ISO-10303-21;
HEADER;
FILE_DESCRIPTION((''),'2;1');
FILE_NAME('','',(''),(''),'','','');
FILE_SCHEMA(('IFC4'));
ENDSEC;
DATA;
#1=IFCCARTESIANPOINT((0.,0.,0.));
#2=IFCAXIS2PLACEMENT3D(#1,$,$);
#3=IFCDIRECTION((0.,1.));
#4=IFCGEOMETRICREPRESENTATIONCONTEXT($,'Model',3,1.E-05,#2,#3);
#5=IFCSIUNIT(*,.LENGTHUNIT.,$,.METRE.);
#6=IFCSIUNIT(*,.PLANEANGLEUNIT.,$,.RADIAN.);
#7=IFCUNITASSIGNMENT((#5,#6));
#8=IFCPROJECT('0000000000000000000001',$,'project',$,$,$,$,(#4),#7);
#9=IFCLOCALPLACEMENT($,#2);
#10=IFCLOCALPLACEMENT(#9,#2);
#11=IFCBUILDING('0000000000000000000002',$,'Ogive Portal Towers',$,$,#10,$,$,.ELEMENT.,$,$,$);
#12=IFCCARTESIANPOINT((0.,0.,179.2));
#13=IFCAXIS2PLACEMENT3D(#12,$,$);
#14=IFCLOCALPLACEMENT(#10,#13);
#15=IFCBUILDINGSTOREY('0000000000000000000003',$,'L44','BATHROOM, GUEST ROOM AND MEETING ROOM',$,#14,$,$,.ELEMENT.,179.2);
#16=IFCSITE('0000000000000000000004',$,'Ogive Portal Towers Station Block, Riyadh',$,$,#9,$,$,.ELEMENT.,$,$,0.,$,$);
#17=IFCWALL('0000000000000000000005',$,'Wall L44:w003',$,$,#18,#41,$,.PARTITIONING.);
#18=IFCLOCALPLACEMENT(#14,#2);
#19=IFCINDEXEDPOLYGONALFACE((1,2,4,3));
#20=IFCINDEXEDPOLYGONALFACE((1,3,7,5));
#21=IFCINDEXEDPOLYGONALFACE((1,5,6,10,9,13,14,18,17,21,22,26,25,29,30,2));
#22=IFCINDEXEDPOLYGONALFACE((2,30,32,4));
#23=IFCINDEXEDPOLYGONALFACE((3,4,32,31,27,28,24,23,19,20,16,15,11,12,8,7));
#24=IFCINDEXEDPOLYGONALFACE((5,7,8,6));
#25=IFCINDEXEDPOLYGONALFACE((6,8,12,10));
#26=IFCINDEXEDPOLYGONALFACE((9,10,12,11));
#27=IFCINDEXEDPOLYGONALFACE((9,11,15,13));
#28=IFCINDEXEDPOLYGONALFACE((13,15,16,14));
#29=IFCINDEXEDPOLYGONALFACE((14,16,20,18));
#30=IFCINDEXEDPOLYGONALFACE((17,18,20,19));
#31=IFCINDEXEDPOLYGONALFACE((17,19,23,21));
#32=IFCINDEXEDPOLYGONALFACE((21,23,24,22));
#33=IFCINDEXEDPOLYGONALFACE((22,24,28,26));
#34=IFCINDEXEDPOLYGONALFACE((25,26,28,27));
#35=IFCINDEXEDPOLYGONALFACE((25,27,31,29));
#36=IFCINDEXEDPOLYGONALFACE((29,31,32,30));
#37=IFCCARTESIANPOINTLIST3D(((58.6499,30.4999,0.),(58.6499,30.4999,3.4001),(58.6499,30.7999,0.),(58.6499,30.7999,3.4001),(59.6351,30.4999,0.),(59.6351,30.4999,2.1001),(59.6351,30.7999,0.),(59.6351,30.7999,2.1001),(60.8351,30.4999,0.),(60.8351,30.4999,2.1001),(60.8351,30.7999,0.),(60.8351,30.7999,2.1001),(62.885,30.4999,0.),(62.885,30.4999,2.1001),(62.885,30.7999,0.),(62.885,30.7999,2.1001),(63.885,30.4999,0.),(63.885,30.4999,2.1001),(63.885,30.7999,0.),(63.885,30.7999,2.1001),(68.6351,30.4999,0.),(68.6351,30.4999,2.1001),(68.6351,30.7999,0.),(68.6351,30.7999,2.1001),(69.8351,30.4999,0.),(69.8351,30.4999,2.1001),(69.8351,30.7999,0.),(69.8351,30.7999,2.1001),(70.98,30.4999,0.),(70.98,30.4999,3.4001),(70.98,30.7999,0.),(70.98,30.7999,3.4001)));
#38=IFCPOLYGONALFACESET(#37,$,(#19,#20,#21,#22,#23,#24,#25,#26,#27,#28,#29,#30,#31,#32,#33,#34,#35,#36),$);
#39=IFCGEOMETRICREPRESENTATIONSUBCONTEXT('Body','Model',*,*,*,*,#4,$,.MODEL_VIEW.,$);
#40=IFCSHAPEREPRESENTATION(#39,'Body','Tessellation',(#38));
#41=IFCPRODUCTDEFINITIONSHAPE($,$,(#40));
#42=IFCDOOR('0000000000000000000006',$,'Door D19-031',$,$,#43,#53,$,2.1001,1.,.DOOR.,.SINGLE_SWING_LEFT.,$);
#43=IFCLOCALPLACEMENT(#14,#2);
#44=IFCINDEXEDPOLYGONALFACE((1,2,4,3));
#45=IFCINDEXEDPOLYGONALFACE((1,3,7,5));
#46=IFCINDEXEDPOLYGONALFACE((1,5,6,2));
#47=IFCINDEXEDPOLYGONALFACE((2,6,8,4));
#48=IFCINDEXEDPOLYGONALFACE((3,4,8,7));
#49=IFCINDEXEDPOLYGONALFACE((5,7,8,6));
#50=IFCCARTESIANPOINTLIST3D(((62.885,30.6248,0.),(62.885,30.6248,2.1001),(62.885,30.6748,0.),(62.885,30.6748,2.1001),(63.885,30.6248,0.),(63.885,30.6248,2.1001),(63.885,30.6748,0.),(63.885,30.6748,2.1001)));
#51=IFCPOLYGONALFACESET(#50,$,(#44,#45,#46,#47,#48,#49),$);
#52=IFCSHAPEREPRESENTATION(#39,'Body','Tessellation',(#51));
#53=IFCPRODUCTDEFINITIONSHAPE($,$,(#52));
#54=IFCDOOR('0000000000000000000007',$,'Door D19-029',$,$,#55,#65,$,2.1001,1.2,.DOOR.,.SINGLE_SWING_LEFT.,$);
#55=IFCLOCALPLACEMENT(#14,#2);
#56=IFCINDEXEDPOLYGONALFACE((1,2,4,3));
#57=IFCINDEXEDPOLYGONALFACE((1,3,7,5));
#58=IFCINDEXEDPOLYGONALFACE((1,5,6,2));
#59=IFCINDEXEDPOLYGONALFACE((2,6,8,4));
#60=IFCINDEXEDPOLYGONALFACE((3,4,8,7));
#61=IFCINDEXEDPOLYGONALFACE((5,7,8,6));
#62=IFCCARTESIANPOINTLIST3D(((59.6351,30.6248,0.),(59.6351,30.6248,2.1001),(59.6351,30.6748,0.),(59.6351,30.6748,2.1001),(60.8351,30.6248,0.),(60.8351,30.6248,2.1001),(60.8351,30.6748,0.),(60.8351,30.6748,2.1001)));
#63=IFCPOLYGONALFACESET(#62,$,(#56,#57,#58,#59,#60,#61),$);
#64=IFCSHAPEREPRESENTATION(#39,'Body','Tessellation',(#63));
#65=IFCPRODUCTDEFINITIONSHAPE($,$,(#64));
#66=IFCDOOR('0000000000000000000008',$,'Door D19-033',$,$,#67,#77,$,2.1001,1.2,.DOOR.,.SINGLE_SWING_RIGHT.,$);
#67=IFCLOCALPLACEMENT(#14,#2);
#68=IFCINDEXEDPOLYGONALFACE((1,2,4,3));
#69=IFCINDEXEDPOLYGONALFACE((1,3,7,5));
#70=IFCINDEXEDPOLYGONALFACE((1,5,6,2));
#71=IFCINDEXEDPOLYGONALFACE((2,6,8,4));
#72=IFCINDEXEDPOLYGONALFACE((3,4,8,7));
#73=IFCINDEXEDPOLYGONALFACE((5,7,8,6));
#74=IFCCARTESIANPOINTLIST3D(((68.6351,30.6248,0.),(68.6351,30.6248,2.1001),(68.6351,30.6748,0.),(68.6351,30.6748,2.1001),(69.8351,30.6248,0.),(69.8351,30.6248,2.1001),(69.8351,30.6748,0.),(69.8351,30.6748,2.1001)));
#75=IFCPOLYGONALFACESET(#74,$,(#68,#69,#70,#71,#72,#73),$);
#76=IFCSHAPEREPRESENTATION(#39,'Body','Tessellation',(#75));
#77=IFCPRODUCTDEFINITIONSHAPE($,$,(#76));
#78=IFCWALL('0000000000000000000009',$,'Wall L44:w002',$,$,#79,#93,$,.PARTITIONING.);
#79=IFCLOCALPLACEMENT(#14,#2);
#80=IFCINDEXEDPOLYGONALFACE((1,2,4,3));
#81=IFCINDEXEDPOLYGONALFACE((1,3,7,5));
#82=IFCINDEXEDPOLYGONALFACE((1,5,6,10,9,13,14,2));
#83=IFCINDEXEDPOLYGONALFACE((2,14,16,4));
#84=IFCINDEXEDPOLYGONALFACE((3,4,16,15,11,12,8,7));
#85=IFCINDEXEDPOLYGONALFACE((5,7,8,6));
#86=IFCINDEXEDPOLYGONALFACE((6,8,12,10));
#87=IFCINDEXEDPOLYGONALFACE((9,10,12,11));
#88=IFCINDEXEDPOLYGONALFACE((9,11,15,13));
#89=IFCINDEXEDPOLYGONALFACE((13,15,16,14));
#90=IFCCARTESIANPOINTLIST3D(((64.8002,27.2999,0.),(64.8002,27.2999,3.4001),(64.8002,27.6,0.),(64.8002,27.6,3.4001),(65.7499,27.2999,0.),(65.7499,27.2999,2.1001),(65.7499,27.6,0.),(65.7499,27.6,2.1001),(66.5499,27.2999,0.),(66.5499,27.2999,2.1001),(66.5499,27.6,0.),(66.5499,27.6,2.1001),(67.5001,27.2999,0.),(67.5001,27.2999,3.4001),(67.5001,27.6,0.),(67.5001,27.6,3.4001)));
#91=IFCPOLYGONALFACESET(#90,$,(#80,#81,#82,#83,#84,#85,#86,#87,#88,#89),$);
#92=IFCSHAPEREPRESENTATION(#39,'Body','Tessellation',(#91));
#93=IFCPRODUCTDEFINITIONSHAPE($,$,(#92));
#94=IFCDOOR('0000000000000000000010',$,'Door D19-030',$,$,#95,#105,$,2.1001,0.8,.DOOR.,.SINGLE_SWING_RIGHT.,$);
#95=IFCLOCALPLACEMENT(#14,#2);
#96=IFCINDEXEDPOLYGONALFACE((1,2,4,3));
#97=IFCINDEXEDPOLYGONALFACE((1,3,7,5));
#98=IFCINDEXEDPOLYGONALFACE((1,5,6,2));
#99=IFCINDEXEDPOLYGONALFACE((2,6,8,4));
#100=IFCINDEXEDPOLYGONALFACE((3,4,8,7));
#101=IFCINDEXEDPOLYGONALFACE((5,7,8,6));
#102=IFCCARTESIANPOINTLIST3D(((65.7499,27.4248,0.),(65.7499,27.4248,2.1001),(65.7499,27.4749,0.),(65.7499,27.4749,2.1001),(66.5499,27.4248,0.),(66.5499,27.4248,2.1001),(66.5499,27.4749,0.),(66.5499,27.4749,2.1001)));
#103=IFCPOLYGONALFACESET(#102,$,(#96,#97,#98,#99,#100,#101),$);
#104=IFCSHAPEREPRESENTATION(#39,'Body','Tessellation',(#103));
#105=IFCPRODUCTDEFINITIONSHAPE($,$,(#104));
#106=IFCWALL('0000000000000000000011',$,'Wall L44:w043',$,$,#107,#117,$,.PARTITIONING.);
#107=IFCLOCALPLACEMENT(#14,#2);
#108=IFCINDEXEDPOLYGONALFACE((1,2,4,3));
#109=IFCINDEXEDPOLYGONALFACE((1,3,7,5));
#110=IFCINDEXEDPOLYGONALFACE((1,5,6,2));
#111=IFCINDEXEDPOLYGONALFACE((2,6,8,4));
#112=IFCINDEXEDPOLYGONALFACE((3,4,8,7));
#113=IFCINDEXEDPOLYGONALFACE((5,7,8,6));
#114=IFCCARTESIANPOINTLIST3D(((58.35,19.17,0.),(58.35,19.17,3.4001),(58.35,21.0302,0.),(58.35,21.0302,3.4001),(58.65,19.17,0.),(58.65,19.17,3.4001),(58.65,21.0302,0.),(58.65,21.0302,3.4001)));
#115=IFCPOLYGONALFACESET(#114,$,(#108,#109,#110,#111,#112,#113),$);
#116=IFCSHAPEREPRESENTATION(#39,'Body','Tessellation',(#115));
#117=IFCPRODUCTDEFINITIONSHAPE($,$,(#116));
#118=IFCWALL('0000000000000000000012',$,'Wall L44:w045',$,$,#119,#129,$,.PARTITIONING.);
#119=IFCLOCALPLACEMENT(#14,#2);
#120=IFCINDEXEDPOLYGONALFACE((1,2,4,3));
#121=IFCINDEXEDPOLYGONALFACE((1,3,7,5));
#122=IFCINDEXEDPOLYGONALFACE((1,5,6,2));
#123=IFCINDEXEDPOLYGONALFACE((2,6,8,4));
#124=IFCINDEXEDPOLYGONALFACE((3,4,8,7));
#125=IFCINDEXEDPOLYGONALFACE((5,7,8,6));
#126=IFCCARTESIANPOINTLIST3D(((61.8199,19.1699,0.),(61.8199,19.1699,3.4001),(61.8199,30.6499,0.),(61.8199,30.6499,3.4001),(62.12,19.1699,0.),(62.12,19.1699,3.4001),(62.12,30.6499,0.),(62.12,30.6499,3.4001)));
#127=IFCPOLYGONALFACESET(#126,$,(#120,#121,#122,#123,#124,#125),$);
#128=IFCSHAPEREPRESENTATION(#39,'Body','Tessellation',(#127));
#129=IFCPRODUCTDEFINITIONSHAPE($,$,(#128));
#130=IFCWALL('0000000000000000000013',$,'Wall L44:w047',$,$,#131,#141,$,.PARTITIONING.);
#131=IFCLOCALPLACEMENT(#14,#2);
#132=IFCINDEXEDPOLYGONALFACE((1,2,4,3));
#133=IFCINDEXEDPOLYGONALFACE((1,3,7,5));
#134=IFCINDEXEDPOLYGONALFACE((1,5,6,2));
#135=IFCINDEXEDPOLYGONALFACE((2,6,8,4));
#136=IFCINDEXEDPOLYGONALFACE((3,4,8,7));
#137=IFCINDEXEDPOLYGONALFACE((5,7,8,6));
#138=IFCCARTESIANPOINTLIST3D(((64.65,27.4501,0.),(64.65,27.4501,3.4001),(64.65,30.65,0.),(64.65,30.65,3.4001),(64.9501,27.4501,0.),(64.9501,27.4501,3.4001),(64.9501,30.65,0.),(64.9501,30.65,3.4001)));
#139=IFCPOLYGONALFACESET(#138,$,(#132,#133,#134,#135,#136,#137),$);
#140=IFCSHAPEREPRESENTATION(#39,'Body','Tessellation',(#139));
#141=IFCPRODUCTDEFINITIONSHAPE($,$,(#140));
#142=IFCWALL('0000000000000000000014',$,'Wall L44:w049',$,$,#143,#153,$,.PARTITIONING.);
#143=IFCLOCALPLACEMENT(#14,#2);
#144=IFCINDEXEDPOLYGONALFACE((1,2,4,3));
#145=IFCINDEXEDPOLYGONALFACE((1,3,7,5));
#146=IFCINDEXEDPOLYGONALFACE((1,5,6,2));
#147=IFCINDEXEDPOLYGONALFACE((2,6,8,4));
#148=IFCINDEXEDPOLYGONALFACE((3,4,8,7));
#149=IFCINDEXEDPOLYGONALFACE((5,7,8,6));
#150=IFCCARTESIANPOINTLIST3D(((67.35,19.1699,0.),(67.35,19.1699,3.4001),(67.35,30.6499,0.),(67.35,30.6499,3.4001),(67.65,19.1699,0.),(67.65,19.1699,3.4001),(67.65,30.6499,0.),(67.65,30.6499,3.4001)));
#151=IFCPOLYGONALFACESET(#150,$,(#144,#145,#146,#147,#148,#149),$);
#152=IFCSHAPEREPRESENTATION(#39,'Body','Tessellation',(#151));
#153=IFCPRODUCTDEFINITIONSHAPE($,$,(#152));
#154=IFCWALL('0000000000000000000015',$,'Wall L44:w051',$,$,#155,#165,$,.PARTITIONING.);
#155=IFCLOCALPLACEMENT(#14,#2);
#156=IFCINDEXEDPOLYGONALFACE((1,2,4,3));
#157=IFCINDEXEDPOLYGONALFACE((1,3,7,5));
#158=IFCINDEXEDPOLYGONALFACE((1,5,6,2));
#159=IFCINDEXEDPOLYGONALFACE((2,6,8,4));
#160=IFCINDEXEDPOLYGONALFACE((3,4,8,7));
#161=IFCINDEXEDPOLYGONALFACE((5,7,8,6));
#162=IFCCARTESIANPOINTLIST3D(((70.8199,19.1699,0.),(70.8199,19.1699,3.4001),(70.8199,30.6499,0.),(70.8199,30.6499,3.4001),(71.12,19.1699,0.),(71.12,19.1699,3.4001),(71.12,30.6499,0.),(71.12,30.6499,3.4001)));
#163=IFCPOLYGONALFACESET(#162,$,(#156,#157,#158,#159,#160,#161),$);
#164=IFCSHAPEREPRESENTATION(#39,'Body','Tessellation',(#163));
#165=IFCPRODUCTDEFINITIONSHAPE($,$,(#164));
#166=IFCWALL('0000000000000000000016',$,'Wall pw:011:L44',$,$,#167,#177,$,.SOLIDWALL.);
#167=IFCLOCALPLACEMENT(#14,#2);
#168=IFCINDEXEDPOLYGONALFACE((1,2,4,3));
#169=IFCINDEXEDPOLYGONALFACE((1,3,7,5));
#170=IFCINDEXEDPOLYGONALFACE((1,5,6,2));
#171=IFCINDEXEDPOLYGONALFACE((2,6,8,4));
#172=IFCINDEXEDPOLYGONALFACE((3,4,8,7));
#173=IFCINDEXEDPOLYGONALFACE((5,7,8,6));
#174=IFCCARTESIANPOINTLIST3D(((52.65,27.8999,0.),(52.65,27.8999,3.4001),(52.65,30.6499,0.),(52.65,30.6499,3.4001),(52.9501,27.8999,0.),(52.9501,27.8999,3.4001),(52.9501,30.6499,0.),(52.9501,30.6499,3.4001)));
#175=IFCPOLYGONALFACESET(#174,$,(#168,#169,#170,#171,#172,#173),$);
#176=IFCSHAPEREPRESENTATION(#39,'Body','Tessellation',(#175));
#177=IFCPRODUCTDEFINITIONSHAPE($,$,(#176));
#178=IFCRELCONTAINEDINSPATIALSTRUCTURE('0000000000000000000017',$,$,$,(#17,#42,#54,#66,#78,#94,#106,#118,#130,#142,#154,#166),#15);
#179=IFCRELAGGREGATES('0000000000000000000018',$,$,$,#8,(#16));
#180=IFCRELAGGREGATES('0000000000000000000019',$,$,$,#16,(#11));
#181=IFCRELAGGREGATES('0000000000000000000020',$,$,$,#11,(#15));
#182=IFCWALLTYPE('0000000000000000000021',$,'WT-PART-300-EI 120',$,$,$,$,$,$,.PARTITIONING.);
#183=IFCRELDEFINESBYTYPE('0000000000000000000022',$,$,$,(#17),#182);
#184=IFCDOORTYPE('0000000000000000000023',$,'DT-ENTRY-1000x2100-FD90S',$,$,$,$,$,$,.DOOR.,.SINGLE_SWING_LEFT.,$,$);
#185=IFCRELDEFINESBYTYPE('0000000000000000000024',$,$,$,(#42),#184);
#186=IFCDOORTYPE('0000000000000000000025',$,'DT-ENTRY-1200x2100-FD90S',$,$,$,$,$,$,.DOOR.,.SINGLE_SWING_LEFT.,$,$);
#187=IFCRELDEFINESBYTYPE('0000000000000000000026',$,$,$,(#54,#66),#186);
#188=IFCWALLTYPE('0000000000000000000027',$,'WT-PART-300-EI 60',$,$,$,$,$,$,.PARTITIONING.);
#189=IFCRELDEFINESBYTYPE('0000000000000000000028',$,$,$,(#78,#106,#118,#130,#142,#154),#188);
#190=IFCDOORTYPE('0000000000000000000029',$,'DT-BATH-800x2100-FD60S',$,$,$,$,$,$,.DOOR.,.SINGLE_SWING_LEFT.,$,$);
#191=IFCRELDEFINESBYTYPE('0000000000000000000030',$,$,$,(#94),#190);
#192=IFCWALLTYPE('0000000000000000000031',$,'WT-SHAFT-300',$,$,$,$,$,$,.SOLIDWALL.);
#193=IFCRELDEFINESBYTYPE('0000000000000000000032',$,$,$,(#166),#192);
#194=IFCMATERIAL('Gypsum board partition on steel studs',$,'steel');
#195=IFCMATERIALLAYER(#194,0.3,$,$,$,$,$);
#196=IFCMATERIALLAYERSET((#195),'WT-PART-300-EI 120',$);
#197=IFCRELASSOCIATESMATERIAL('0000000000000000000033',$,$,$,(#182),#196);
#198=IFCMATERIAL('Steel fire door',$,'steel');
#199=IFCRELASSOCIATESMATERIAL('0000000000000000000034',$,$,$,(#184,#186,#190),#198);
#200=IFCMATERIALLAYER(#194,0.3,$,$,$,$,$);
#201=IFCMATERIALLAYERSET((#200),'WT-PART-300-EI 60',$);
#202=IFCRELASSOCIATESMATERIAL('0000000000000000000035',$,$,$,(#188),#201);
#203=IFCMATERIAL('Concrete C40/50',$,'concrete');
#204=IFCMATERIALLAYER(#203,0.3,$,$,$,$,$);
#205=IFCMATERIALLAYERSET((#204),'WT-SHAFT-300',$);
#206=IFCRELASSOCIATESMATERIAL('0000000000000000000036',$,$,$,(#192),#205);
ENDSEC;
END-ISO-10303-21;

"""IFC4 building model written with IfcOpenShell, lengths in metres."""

from ifc_helpers import new_model, si_unit, direction, frame, frame_2d, origin, place, context, subcontext, project, spatial, rectangle, extrude, material, layer, layer_set, type_object, element, fill, save


model = new_model("IFC4")

# Units and contexts
model_context = context("Model", 3, precision=1e-05, world=origin(), true_north=direction((0.0, 1.0)))
body_context = subcontext(model_context, "Body", "Model", "MODEL_VIEW")
ifc_project = project(units=[si_unit("LENGTHUNIT", "METRE"), si_unit("PLANEANGLEUNIT", "RADIAN")], contexts=[model_context])

# Site, building, storey
site_placement = place(None, origin())
site = spatial("IfcSite", under=ifc_project, at=site_placement, Name="Ogive Portal Towers Station Block, Riyadh", CompositionType="ELEMENT", RefElevation=0.0)
building_placement = place(site_placement, origin())
building = spatial("IfcBuilding", under=site, at=building_placement, Name="Ogive Portal Towers", CompositionType="ELEMENT")
storey_placement = place(building_placement, frame((0.0, 0.0, 179.2)))
storey = spatial("IfcBuildingStorey", under=building, at=storey_placement, Name="L44", Description="BATHROOM, GUEST ROOM AND MEETING ROOM", CompositionType="ELEMENT", Elevation=179.2)

# Shared definitions
ifc_material_1 = material(Name="Steel fire door", Category="steel")
ifc_material_2 = material(Name="Gypsum board partition on steel studs", Category="steel")

# Wall, openings, doors
ifc_layer_1 = layer(ifc_material_2, 0.3)
ifc_layer_set_1 = layer_set([ifc_layer_1], Name="WT-PART-300-EI 120")
wall_type_1 = type_object("IfcWallType", Name="WT-PART-300-EI 120", PredefinedType="PARTITIONING", material=ifc_layer_set_1)
wall_1_placement = place(storey_placement, frame((58.6499, 30.6499, 0.0), z_axis=(0.0, 0.0, 1.0), x_axis=(1.0, 0.0, 0.0)))
wall_1 = element("IfcWall", 1, at=wall_1_placement, inside=storey, type_object=wall_type_1, Name="Wall L44:w003", PredefinedType="PARTITIONING", context=body_context, shape_type="SweptSolid", body=[
    extrude(rectangle(XDim=12.3301, YDim=0.3, at=frame_2d((6.165, 0.0))), origin(), (0.0, 0.0, 1.0), 3.4001),
])
opening_1_placement = place(wall_1_placement, frame((0.9851, 0.0, 0.0)))
opening_1 = element("IfcOpeningElement", 2, at=opening_1_placement, cuts=wall_1, PredefinedType="OPENING", context=body_context, shape_type="SweptSolid", body=[
    extrude(rectangle(XDim=1.2, YDim=2.1001, at=frame_2d((0.6001, 1.05))), frame((0.0, 0.1602, 0.0), z_axis=(0.0, -1.0, 0.0), x_axis=(1.0, 0.0, 0.0)), (0.0, 0.0, 1.0), 0.3201),
])
opening_2_placement = place(wall_1_placement, frame((4.2351, 0.0, 0.0)))
opening_2 = element("IfcOpeningElement", 3, at=opening_2_placement, cuts=wall_1, PredefinedType="OPENING", context=body_context, shape_type="SweptSolid", body=[
    extrude(rectangle(XDim=1.0, YDim=2.1001, at=frame_2d((0.5, 1.05))), frame((0.0, 0.1602, 0.0), z_axis=(0.0, -1.0, 0.0), x_axis=(1.0, 0.0, 0.0)), (0.0, 0.0, 1.0), 0.3201),
])
opening_3_placement = place(wall_1_placement, frame((9.9851, 0.0, 0.0)))
opening_3 = element("IfcOpeningElement", 4, at=opening_3_placement, cuts=wall_1, PredefinedType="OPENING", context=body_context, shape_type="SweptSolid", body=[
    extrude(rectangle(XDim=1.2, YDim=2.1001, at=frame_2d((0.6001, 1.05))), frame((0.0, 0.1602, 0.0), z_axis=(0.0, -1.0, 0.0), x_axis=(1.0, 0.0, 0.0)), (0.0, 0.0, 1.0), 0.3201),
])
door_type_1 = type_object("IfcDoorType", Name="DT-ENTRY-1000x2100-FD90S", OperationType="SINGLE_SWING_LEFT", PredefinedType="DOOR", material=ifc_material_1)
door_1_placement = place(opening_2_placement, origin())
door_1 = element("IfcDoor", 5, at=door_1_placement, inside=storey, type_object=door_type_1, Name="Door D19-031", OperationType="SINGLE_SWING_LEFT", OverallHeight=2.1001, OverallWidth=1.0, PredefinedType="DOOR", context=body_context, shape_type="SweptSolid", body=[
    extrude(rectangle(XDim=1.0, YDim=2.1001, at=frame_2d((0.5, 1.05))), frame((0.0, 0.0249, 0.0), z_axis=(0.0, -1.0, 0.0), x_axis=(1.0, 0.0, 0.0)), (0.0, 0.0, 1.0), 0.05),
])
fill(opening_2, door_1)
door_type_2 = type_object("IfcDoorType", Name="DT-ENTRY-1200x2100-FD90S", OperationType="SINGLE_SWING_LEFT", PredefinedType="DOOR", material=ifc_material_1)
door_2_placement = place(opening_1_placement, origin())
door_2 = element("IfcDoor", 6, at=door_2_placement, inside=storey, type_object=door_type_2, Name="Door D19-029", OperationType="SINGLE_SWING_LEFT", OverallHeight=2.1001, OverallWidth=1.2, PredefinedType="DOOR", context=body_context, shape_type="SweptSolid", body=[
    extrude(rectangle(XDim=1.2, YDim=2.1001, at=frame_2d((0.6001, 1.05))), frame((0.0, 0.0249, 0.0), z_axis=(0.0, -1.0, 0.0), x_axis=(1.0, 0.0, 0.0)), (0.0, 0.0, 1.0), 0.05),
])
fill(opening_1, door_2)
door_3_placement = place(opening_3_placement, origin())
door_3 = element("IfcDoor", 7, at=door_3_placement, inside=storey, type_object=door_type_2, Name="Door D19-033", OperationType="SINGLE_SWING_RIGHT", OverallHeight=2.1001, OverallWidth=1.2, PredefinedType="DOOR", context=body_context, shape_type="SweptSolid", body=[
    extrude(rectangle(XDim=1.2, YDim=2.1001, at=frame_2d((0.6001, 1.05))), frame((0.0, 0.0249, 0.0), z_axis=(0.0, -1.0, 0.0), x_axis=(1.0, 0.0, 0.0)), (0.0, 0.0, 1.0), 0.05),
])
fill(opening_3, door_3)

# Wall, opening, door
ifc_layer_2 = layer(ifc_material_2, 0.3)
ifc_layer_set_2 = layer_set([ifc_layer_2], Name="WT-PART-300-EI 60")
wall_type_2 = type_object("IfcWallType", Name="WT-PART-300-EI 60", PredefinedType="PARTITIONING", material=ifc_layer_set_2)
wall_2_placement = place(storey_placement, frame((64.8, 27.45, 0.0), z_axis=(0.0, 0.0, 1.0), x_axis=(1.0, 0.0, 0.0)))
wall_2 = element("IfcWall", 8, at=wall_2_placement, inside=storey, type_object=wall_type_2, Name="Wall L44:w002", PredefinedType="PARTITIONING", context=body_context, shape_type="SweptSolid", body=[
    extrude(rectangle(XDim=2.7, YDim=0.3, at=frame_2d((1.3501, 0.0))), origin(), (0.0, 0.0, 1.0), 3.4001),
])
opening_4_placement = place(wall_2_placement, frame((0.95, 0.0, 0.0)))
opening_4 = element("IfcOpeningElement", 9, at=opening_4_placement, cuts=wall_2, PredefinedType="OPENING", context=body_context, shape_type="SweptSolid", body=[
    extrude(rectangle(XDim=0.8, YDim=2.1001, at=frame_2d((0.3999, 1.05))), frame((0.0, 0.1602, 0.0), z_axis=(0.0, -1.0, 0.0), x_axis=(1.0, 0.0, 0.0)), (0.0, 0.0, 1.0), 0.3201),
])
door_type_3 = type_object("IfcDoorType", Name="DT-BATH-800x2100-FD60S", OperationType="SINGLE_SWING_LEFT", PredefinedType="DOOR", material=ifc_material_1)
door_4_placement = place(opening_4_placement, origin())
door_4 = element("IfcDoor", 10, at=door_4_placement, inside=storey, type_object=door_type_3, Name="Door D19-030", OperationType="SINGLE_SWING_RIGHT", OverallHeight=2.1001, OverallWidth=0.8, PredefinedType="DOOR", context=body_context, shape_type="SweptSolid", body=[
    extrude(rectangle(XDim=0.8, YDim=2.1001, at=frame_2d((0.3999, 1.05))), frame((0.0, 0.0249, 0.0), z_axis=(0.0, -1.0, 0.0), x_axis=(1.0, 0.0, 0.0)), (0.0, 0.0, 1.0), 0.05),
])
fill(opening_4, door_4)

# Walls
wall_3_placement = place(storey_placement, frame((58.5, 19.1699, 0.0), z_axis=(0.0, 0.0, 1.0), x_axis=(0.0, 1.0, 0.0)))
element("IfcWall", 11, at=wall_3_placement, inside=storey, type_object=wall_type_2, Name="Wall L44:w043", PredefinedType="PARTITIONING", context=body_context, shape_type="SweptSolid", body=[
    extrude(rectangle(XDim=1.8601, YDim=0.3, at=frame_2d((0.9302, 0.0))), origin(), (0.0, 0.0, 1.0), 3.4001),
])
wall_4_placement = place(storey_placement, frame((61.97, 19.1699, 0.0), z_axis=(0.0, 0.0, 1.0), x_axis=(0.0, 1.0, 0.0)))
element("IfcWall", 12, at=wall_4_placement, inside=storey, type_object=wall_type_2, Name="Wall L44:w045", PredefinedType="PARTITIONING", context=body_context, shape_type="SweptSolid", body=[
    extrude(rectangle(XDim=11.48, YDim=0.3, at=frame_2d((5.74, 0.0))), origin(), (0.0, 0.0, 1.0), 3.4001),
])
wall_5_placement = place(storey_placement, frame((64.8, 27.45, 0.0), z_axis=(0.0, 0.0, 1.0), x_axis=(0.0, 1.0, 0.0)))
element("IfcWall", 13, at=wall_5_placement, inside=storey, type_object=wall_type_2, Name="Wall L44:w047", PredefinedType="PARTITIONING", context=body_context, shape_type="SweptSolid", body=[
    extrude(rectangle(XDim=3.2, YDim=0.3, at=frame_2d((1.6001, 0.0))), origin(), (0.0, 0.0, 1.0), 3.4001),
])
for number, where, z_axis, x_axis, name in (
    (14, (67.5, 19.1699, 0.0), (0.0, 0.0, 1.0), (0.0, 1.0, 0.0), "Wall L44:w049"),
    (15, (70.97, 19.1699, 0.0), (0.0, 0.0, 1.0), (0.0, 1.0, 0.0), "Wall L44:w051"),
):
    element("IfcWall", number, at=place(storey_placement, frame(where, z_axis=z_axis, x_axis=x_axis)), inside=storey, type_object=wall_type_2, Name=name, PredefinedType="PARTITIONING", context=body_context, shape_type="SweptSolid", body=[
        extrude(rectangle(XDim=11.48, YDim=0.3, at=frame_2d((5.74, 0.0))), origin(), (0.0, 0.0, 1.0), 3.4001),
    ])
ifc_material_3 = material(Name="Concrete C40/50", Category="concrete")
ifc_layer_3 = layer(ifc_material_3, 0.3)
ifc_layer_set_3 = layer_set([ifc_layer_3], Name="WT-SHAFT-300")
wall_type_3 = type_object("IfcWallType", Name="WT-SHAFT-300", PredefinedType="SOLIDWALL", material=ifc_layer_set_3)
wall_6_placement = place(storey_placement, frame((52.8, 27.8999, 0.0), z_axis=(0.0, 0.0, 1.0), x_axis=(0.0, 1.0, 0.0)))
element("IfcWall", 16, at=wall_6_placement, inside=storey, type_object=wall_type_3, Name="Wall pw:011:L44", PredefinedType="SOLIDWALL", context=body_context, shape_type="SweptSolid", body=[
    extrude(rectangle(XDim=2.75, YDim=0.3, at=frame_2d((1.375, 0.0))), origin(), (0.0, 0.0, 1.0), 3.4001),
])

save(model, "model.ifc")
